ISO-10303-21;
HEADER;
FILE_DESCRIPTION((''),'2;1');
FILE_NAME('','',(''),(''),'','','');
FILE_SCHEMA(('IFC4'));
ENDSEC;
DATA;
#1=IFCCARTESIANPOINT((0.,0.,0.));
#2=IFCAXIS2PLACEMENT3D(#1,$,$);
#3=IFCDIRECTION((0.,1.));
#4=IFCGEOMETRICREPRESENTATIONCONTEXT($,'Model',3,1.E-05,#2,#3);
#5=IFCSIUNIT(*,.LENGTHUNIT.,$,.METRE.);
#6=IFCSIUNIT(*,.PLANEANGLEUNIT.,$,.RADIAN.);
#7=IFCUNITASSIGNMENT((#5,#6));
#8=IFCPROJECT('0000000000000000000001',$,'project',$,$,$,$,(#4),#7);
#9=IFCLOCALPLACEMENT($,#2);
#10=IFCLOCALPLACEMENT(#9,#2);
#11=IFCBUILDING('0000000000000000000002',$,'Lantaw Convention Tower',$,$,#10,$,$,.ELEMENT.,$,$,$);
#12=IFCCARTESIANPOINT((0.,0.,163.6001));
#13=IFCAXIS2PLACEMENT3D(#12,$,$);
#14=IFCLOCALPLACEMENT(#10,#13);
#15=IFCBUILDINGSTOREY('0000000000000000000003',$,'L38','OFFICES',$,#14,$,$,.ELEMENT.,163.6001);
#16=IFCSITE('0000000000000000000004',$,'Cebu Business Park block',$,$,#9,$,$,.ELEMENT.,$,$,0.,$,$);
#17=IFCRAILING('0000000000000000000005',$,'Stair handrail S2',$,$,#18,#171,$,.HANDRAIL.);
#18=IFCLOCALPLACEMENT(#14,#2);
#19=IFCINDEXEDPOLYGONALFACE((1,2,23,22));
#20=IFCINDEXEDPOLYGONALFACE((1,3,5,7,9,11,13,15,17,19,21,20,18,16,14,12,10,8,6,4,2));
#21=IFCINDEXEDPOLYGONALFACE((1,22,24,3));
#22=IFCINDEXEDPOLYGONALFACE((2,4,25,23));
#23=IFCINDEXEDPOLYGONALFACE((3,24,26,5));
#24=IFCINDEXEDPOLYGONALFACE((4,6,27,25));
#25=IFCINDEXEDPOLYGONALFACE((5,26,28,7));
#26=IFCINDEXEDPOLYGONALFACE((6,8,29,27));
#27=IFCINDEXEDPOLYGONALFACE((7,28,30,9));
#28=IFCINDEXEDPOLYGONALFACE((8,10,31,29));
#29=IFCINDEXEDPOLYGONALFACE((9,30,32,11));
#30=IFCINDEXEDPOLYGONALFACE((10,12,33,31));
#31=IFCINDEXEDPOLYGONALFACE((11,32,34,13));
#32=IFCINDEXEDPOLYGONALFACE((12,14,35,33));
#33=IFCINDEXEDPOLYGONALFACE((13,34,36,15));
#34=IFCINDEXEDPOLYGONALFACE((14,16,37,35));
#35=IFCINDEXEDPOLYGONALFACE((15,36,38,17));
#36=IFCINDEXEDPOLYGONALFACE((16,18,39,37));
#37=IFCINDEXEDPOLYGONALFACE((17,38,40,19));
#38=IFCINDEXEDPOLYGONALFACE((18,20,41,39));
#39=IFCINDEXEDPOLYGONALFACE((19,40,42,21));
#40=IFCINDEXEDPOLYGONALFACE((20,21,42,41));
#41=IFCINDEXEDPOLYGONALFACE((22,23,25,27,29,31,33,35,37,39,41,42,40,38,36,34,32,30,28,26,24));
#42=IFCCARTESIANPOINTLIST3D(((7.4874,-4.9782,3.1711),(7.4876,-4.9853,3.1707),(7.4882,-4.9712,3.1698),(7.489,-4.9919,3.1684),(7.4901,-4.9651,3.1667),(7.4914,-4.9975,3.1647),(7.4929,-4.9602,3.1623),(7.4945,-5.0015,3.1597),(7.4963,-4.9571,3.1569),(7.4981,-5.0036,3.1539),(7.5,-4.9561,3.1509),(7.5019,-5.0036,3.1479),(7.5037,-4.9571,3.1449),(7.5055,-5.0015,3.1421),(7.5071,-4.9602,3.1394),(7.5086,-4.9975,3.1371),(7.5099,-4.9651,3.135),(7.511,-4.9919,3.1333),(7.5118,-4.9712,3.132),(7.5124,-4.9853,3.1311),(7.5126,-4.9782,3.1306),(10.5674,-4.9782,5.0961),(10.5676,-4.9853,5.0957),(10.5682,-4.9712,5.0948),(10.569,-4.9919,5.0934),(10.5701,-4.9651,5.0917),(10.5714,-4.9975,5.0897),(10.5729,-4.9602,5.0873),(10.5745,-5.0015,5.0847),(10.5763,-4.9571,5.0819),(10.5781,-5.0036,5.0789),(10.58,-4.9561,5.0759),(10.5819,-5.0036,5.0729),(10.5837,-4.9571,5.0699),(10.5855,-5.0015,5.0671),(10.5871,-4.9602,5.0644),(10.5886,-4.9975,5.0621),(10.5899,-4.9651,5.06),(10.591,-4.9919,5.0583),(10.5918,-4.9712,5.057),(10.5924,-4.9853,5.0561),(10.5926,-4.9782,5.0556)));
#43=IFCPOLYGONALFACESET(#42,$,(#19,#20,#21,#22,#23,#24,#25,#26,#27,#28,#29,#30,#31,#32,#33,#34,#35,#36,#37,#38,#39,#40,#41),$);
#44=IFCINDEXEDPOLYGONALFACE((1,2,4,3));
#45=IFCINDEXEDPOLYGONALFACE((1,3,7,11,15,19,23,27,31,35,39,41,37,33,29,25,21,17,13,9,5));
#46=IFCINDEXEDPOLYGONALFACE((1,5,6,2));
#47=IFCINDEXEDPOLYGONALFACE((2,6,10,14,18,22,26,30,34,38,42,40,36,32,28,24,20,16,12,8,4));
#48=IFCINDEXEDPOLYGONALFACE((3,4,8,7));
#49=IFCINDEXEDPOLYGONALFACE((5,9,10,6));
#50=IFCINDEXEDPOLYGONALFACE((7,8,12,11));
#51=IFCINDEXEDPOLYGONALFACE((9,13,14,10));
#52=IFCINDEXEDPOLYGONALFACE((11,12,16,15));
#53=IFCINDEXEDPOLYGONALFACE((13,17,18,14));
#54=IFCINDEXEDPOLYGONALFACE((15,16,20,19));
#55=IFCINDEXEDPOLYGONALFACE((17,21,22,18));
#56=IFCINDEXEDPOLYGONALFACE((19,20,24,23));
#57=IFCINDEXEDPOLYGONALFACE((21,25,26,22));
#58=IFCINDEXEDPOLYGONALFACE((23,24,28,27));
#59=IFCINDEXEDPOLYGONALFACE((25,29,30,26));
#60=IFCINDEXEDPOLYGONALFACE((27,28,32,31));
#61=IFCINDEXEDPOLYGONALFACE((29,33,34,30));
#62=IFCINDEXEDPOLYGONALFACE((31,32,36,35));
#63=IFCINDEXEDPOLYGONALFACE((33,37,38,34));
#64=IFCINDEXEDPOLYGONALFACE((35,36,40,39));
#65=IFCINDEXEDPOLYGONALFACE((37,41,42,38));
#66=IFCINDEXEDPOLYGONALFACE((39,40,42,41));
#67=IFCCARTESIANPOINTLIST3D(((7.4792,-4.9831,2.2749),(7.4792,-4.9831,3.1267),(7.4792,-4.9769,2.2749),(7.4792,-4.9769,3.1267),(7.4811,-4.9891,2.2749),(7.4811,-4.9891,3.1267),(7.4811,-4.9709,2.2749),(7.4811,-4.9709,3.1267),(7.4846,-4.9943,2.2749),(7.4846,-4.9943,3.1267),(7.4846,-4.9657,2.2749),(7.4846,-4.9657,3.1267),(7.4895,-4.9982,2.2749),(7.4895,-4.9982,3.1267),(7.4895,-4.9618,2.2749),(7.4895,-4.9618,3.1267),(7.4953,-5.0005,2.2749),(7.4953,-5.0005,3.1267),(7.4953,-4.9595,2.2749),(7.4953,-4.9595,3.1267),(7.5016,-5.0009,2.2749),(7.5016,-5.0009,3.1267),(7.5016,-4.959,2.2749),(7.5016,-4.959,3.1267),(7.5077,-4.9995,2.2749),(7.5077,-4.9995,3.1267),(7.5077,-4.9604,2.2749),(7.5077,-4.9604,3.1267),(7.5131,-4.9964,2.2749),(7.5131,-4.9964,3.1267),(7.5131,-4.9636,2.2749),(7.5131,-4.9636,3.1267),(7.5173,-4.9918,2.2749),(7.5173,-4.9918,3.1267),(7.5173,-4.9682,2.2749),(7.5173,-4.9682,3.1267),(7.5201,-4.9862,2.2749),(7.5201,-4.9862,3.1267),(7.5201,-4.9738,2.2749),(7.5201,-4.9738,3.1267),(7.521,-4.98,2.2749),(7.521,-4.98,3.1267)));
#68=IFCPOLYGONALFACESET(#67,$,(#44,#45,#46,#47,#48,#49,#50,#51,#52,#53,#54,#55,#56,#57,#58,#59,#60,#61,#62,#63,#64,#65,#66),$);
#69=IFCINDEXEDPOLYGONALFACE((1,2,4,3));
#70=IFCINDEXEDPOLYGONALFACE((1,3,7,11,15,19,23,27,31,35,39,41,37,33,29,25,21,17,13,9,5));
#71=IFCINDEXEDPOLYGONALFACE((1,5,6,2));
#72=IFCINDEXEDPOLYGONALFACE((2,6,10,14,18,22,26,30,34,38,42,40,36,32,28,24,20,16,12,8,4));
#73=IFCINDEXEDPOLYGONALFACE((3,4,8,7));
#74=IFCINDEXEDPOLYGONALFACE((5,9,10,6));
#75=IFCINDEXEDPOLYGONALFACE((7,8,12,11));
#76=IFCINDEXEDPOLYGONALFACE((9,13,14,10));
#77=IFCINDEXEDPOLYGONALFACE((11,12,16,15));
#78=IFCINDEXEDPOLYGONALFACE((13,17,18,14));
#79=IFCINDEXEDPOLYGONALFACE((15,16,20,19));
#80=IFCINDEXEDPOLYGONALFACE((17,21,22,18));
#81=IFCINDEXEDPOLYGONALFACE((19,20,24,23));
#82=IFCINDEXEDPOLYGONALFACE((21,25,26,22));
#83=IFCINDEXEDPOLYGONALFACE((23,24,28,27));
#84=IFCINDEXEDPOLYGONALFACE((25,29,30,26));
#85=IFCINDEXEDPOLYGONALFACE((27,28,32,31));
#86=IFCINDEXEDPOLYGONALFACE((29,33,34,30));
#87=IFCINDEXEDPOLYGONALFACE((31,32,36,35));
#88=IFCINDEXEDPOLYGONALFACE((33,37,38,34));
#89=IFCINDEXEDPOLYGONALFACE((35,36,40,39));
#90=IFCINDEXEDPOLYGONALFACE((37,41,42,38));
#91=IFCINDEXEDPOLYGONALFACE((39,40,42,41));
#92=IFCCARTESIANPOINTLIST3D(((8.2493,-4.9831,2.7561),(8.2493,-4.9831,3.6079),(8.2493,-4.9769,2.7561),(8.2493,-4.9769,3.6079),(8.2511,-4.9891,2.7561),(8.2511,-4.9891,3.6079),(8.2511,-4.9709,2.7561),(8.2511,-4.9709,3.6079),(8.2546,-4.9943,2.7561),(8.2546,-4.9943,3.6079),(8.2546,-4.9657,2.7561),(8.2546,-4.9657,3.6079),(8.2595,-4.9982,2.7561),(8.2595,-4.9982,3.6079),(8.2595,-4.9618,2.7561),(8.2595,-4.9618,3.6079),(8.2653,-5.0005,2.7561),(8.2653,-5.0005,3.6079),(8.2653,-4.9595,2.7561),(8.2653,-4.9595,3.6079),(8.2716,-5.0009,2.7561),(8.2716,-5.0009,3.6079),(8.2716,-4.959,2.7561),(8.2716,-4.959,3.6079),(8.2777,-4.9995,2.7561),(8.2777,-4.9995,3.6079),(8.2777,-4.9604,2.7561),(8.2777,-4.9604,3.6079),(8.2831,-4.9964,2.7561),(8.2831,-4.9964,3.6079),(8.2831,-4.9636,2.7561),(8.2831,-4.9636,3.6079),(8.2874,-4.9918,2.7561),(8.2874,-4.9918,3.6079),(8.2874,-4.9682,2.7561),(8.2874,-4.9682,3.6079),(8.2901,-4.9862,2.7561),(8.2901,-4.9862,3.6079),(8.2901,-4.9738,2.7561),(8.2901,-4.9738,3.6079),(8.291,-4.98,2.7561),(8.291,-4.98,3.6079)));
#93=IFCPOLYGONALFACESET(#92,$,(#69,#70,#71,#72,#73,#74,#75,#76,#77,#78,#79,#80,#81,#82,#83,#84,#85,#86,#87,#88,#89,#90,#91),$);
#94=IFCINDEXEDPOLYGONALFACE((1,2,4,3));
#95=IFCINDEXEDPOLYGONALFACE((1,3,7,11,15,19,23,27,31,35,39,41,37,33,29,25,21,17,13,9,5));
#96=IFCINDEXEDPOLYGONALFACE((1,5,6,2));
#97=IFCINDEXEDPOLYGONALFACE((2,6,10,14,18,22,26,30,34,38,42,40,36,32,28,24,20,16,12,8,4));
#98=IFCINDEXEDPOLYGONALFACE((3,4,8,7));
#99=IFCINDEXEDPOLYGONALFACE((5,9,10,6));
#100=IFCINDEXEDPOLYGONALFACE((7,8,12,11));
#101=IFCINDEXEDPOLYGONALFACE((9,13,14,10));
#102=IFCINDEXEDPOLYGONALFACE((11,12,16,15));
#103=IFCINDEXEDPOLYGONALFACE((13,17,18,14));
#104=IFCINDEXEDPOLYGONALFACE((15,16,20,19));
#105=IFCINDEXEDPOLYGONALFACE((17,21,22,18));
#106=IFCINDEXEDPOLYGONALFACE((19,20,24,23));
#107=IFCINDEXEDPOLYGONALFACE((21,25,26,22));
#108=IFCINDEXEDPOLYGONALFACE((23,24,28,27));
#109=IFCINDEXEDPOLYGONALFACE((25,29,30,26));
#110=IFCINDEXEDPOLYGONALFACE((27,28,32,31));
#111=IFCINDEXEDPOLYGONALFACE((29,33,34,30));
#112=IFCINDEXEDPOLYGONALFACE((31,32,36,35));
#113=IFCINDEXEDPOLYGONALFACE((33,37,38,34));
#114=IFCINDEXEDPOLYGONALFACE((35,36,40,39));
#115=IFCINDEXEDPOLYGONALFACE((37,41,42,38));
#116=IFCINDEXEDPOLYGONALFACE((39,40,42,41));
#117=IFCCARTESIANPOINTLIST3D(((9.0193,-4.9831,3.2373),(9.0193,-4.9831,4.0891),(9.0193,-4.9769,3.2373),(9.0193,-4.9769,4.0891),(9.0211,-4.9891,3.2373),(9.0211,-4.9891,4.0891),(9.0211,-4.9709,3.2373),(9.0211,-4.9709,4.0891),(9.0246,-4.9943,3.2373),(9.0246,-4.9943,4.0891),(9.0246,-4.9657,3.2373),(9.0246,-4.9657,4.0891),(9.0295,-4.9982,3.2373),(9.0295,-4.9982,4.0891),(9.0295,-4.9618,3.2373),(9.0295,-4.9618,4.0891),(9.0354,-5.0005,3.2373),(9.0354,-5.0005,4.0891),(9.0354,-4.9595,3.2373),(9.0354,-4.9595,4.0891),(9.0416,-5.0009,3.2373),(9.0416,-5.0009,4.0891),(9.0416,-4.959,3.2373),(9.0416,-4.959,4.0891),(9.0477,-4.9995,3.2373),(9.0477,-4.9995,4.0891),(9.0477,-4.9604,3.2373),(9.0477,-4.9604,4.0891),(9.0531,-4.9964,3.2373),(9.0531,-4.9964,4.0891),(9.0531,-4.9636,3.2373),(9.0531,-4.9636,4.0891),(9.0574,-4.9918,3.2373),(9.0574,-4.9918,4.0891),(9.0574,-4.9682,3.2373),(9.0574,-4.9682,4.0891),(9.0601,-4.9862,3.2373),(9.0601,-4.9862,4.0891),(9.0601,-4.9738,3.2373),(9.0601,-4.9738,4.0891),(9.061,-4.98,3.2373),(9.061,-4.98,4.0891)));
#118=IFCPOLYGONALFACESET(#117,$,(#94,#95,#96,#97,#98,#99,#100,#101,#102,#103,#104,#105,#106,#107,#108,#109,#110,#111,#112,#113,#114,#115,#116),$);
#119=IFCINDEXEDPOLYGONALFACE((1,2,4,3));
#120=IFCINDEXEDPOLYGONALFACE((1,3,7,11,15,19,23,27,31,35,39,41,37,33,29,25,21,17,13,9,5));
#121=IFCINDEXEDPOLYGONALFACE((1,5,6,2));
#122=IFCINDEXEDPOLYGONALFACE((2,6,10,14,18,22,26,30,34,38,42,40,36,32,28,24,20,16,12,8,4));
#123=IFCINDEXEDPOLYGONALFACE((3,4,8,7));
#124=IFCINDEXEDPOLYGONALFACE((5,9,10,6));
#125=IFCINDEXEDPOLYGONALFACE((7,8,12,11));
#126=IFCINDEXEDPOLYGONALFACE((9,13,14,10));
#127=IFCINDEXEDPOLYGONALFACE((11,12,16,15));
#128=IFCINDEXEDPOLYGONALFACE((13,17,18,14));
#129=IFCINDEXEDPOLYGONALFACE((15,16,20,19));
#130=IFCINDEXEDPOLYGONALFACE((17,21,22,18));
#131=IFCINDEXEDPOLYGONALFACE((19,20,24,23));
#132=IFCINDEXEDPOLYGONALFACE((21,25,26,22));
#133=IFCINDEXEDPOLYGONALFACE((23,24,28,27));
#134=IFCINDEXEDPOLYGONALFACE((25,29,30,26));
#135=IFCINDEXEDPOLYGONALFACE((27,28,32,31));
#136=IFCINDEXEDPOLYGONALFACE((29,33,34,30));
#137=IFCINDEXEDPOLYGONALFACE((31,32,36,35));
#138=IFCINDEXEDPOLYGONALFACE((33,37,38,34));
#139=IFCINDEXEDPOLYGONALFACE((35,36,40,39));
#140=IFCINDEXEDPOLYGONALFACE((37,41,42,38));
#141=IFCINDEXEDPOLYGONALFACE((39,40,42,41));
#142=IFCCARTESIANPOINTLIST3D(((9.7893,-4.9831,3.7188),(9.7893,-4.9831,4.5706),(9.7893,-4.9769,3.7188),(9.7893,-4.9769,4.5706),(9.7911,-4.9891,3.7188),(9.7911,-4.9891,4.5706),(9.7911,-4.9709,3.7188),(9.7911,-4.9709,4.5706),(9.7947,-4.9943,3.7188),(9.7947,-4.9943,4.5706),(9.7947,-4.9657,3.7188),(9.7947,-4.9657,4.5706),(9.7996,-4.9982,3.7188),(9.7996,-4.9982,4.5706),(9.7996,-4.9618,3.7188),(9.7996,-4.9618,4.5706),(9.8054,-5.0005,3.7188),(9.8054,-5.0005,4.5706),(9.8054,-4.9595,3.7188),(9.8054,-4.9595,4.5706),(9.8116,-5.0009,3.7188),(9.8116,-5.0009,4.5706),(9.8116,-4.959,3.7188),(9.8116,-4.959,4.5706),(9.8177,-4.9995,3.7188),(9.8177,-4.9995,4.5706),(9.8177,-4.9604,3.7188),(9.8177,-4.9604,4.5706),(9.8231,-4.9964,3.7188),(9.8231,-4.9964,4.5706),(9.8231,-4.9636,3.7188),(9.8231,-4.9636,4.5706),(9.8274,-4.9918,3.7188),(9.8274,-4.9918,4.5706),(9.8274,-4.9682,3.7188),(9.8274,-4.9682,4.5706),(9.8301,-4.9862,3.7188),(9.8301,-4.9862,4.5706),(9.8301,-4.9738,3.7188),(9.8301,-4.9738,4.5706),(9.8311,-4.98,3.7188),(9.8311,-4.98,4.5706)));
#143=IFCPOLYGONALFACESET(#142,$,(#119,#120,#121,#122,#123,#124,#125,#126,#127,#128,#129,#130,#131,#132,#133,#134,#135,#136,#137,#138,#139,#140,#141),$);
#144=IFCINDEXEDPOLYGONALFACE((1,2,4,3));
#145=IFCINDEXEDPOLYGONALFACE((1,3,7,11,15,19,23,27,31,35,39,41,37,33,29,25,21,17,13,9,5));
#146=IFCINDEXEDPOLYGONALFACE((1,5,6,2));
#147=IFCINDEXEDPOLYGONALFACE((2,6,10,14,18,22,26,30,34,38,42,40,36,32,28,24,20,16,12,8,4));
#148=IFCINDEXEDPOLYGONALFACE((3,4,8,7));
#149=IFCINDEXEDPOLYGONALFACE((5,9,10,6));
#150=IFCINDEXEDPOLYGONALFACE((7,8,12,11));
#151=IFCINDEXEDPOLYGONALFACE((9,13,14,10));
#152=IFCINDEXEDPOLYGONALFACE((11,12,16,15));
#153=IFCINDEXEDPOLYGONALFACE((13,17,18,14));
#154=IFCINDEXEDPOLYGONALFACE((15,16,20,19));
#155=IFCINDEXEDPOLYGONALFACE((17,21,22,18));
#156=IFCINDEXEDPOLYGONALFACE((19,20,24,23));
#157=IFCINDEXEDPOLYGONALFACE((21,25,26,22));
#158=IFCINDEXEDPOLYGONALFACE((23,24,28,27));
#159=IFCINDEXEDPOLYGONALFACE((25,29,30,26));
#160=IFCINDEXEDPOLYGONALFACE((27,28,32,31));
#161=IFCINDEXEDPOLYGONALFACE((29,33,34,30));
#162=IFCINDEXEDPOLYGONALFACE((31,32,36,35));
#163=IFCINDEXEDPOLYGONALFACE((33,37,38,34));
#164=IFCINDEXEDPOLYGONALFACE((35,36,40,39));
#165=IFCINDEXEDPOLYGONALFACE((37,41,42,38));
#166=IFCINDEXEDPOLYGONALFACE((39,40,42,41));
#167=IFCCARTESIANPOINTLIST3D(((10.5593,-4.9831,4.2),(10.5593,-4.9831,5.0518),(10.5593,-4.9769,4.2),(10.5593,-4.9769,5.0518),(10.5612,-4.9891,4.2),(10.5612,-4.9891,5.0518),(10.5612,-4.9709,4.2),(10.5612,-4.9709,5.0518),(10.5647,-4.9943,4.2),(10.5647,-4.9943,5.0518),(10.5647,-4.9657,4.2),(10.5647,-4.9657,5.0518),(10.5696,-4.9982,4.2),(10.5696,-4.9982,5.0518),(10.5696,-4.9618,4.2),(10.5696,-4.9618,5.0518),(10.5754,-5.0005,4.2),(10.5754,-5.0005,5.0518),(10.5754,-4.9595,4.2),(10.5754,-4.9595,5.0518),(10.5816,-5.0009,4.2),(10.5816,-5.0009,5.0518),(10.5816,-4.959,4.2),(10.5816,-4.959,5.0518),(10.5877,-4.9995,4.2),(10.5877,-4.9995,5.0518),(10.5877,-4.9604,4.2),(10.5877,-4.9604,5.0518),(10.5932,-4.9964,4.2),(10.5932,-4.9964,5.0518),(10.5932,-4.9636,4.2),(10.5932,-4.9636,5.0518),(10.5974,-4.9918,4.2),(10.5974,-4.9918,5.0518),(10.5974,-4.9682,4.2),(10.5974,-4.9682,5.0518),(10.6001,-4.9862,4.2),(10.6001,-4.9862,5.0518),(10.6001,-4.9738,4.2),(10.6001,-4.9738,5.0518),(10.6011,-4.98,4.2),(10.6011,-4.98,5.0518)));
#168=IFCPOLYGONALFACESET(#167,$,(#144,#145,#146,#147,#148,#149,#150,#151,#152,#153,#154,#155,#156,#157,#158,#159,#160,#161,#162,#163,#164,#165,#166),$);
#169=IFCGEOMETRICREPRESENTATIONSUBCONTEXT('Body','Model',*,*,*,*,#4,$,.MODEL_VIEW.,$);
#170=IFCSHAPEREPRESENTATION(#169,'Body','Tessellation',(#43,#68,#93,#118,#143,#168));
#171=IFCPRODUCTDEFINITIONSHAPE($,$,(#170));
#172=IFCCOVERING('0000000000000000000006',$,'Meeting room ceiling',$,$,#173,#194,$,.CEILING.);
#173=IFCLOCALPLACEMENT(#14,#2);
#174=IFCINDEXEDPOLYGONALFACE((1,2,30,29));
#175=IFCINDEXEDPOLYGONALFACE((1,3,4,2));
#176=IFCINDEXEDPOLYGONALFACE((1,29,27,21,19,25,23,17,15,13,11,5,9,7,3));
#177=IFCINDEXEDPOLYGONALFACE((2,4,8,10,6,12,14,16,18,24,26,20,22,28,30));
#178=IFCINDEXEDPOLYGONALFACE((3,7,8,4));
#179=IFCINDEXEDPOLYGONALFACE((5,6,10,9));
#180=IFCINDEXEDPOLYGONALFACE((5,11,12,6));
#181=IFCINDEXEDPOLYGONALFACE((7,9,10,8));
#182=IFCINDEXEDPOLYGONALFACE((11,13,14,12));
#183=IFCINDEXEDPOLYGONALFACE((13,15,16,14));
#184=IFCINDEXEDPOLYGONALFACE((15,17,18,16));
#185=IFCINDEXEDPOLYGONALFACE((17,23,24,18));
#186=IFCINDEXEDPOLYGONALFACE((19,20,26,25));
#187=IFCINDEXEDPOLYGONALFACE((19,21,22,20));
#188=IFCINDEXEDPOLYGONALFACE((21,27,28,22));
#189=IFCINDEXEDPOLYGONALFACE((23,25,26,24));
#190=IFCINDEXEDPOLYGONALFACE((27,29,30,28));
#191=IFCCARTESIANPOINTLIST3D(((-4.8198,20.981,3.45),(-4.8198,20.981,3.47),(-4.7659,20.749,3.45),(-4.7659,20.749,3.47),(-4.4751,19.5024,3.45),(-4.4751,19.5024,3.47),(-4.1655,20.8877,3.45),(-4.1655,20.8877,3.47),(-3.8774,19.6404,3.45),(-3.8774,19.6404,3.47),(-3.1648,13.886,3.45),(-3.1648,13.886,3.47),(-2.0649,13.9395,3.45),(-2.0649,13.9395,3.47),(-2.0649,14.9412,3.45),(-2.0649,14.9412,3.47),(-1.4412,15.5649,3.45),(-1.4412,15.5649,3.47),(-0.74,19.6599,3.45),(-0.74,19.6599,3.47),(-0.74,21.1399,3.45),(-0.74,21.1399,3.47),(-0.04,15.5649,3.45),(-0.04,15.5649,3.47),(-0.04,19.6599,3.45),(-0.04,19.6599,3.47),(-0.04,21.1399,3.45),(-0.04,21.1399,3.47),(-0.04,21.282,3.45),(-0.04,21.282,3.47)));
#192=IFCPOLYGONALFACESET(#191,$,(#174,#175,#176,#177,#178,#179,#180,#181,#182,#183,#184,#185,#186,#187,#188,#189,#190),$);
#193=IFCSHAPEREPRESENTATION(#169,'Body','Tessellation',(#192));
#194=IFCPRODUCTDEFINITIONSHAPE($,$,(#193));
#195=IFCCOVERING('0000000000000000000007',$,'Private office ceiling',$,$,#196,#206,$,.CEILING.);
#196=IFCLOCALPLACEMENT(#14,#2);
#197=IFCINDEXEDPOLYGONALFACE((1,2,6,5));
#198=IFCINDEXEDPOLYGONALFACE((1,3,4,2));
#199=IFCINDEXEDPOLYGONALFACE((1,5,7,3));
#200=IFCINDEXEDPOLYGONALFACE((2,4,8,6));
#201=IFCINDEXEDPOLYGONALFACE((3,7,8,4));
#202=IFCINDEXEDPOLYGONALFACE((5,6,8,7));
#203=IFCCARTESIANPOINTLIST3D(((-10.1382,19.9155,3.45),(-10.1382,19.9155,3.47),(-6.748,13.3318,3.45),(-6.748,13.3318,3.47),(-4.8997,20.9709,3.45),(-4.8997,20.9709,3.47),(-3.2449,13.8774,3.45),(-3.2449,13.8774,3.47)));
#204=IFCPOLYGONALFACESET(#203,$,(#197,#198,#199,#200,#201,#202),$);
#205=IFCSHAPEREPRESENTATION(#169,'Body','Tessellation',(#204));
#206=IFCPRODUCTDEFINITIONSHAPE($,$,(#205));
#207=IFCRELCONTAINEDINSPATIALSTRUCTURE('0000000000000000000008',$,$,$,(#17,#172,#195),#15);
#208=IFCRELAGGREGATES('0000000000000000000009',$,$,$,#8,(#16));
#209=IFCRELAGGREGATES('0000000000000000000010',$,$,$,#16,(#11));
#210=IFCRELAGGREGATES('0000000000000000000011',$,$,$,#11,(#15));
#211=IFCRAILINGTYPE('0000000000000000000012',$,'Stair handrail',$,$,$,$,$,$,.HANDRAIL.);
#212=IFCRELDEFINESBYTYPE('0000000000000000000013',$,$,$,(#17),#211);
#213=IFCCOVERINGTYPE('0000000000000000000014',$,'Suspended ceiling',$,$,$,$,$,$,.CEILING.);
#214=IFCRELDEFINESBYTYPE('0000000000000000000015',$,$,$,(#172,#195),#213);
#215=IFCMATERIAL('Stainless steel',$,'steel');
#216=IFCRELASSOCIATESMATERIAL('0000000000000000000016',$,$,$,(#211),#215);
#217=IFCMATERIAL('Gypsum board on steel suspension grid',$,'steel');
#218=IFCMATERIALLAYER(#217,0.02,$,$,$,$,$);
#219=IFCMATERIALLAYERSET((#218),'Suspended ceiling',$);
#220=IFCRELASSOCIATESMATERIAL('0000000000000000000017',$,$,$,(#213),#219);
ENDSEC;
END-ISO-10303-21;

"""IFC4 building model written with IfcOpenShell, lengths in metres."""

from ifc_helpers import new_model, si_unit, direction, frame, origin, origin_2d, place, context, subcontext, project, spatial, polyline, circle, outline, extrude, material, layer, layer_set, type_object, element, save


model = new_model("IFC4")

# Units and contexts
model_context = context("Model", 3, precision=1e-05, world=origin(), true_north=direction((0.0, 1.0)))
body_context = subcontext(model_context, "Body", "Model", "MODEL_VIEW")
ifc_project = project(units=[si_unit("LENGTHUNIT", "METRE"), si_unit("PLANEANGLEUNIT", "RADIAN")], contexts=[model_context])

# Site, building, storey
site_placement = place(None, origin())
site = spatial("IfcSite", under=ifc_project, at=site_placement, Name="Cebu Business Park block", CompositionType="ELEMENT", RefElevation=0.0)
building_placement = place(site_placement, origin())
building = spatial("IfcBuilding", under=site, at=building_placement, Name="Lantaw Convention Tower", CompositionType="ELEMENT")
storey_placement = place(building_placement, frame((0.0, 0.0, 163.6001)))
storey = spatial("IfcBuildingStorey", under=building, at=storey_placement, Name="L38", Description="OFFICES", CompositionType="ELEMENT", Elevation=163.6001)

# Railing
ifc_material_1 = material(Name="Stainless steel", Category="steel")
railing_type = type_object("IfcRailingType", Name="Stair handrail", PredefinedType="HANDRAIL", material=ifc_material_1)
railing_placement = place(storey_placement, frame((7.5, -4.98, 2.2749)))
element("IfcRailing", 1, at=railing_placement, inside=storey, type_object=railing_type, Name="Stair handrail S2", PredefinedType="HANDRAIL", context=body_context, shape_type="SweptSolid", body=[
    extrude(circle(Radius=0.0239, at=origin_2d()), frame((0.0, 0.0, 0.876), z_axis=(0.847998, 0.0, 0.529999), x_axis=(0.0, 1.0, 0.0)), (0.0, 0.0, 1.0), 3.6321),
    extrude(circle(Radius=0.021, at=origin_2d()), origin(), (0.0, 0.0, 1.0), 0.8518),
    extrude(circle(Radius=0.021, at=origin_2d()), frame((0.77, 0.0, 0.4812)), (0.0, 0.0, 1.0), 0.8518),
    extrude(circle(Radius=0.021, at=origin_2d()), frame((1.54, 0.0, 0.9624)), (0.0, 0.0, 1.0), 0.8518),
    extrude(circle(Radius=0.021, at=origin_2d()), frame((2.3101, 0.0, 1.4438)), (0.0, 0.0, 1.0), 0.8518),
    extrude(circle(Radius=0.021, at=origin_2d()), frame((3.0801, 0.0, 1.925)), (0.0, 0.0, 1.0), 0.8518),
])

# Coverings
ifc_material_2 = material(Name="Gypsum board on steel suspension grid", Category="steel")
ifc_layer_1 = layer(ifc_material_2, 0.02)
ifc_layer_set_1 = layer_set([ifc_layer_1], Name="Suspended ceiling")
covering_type = type_object("IfcCoveringType", Name="Suspended ceiling", PredefinedType="CEILING", material=ifc_layer_set_1)
covering_1_placement = place(storey_placement, frame((0.0, 0.0, 3.45)))
element("IfcCovering", 2, at=covering_1_placement, inside=storey, type_object=covering_type, Name="Meeting room ceiling", PredefinedType="CEILING", context=body_context, shape_type="SweptSolid", body=[
    extrude(outline(polyline([(-4.4751, 19.5024), (-3.1648, 13.886), (-2.0649, 13.9395), (-2.0649, 14.9412), (-1.4412, 15.5649), (-0.04, 15.5649), (-0.04, 19.6599), (-0.74, 19.6599), (-0.74, 21.1399), (-0.04, 21.1399), (-0.04, 21.282), (-4.8198, 20.981), (-4.7659, 20.749), (-4.1655, 20.8877), (-3.8774, 19.6404), (-4.4751, 19.5024)])), origin(), (0.0, 0.0, 1.0), 0.02),
])
covering_2_placement = place(storey_placement, frame((0.0, 0.0, 3.45)))
element("IfcCovering", 3, at=covering_2_placement, inside=storey, type_object=covering_type, Name="Private office ceiling", PredefinedType="CEILING", context=body_context, shape_type="SweptSolid", body=[
    extrude(outline(polyline([(-3.2449, 13.8774), (-4.8997, 20.9709), (-10.1382, 19.9155), (-6.748, 13.3318), (-3.2449, 13.8774)])), origin(), (0.0, 0.0, 1.0), 0.02),
])

save(model, "model.ifc")
